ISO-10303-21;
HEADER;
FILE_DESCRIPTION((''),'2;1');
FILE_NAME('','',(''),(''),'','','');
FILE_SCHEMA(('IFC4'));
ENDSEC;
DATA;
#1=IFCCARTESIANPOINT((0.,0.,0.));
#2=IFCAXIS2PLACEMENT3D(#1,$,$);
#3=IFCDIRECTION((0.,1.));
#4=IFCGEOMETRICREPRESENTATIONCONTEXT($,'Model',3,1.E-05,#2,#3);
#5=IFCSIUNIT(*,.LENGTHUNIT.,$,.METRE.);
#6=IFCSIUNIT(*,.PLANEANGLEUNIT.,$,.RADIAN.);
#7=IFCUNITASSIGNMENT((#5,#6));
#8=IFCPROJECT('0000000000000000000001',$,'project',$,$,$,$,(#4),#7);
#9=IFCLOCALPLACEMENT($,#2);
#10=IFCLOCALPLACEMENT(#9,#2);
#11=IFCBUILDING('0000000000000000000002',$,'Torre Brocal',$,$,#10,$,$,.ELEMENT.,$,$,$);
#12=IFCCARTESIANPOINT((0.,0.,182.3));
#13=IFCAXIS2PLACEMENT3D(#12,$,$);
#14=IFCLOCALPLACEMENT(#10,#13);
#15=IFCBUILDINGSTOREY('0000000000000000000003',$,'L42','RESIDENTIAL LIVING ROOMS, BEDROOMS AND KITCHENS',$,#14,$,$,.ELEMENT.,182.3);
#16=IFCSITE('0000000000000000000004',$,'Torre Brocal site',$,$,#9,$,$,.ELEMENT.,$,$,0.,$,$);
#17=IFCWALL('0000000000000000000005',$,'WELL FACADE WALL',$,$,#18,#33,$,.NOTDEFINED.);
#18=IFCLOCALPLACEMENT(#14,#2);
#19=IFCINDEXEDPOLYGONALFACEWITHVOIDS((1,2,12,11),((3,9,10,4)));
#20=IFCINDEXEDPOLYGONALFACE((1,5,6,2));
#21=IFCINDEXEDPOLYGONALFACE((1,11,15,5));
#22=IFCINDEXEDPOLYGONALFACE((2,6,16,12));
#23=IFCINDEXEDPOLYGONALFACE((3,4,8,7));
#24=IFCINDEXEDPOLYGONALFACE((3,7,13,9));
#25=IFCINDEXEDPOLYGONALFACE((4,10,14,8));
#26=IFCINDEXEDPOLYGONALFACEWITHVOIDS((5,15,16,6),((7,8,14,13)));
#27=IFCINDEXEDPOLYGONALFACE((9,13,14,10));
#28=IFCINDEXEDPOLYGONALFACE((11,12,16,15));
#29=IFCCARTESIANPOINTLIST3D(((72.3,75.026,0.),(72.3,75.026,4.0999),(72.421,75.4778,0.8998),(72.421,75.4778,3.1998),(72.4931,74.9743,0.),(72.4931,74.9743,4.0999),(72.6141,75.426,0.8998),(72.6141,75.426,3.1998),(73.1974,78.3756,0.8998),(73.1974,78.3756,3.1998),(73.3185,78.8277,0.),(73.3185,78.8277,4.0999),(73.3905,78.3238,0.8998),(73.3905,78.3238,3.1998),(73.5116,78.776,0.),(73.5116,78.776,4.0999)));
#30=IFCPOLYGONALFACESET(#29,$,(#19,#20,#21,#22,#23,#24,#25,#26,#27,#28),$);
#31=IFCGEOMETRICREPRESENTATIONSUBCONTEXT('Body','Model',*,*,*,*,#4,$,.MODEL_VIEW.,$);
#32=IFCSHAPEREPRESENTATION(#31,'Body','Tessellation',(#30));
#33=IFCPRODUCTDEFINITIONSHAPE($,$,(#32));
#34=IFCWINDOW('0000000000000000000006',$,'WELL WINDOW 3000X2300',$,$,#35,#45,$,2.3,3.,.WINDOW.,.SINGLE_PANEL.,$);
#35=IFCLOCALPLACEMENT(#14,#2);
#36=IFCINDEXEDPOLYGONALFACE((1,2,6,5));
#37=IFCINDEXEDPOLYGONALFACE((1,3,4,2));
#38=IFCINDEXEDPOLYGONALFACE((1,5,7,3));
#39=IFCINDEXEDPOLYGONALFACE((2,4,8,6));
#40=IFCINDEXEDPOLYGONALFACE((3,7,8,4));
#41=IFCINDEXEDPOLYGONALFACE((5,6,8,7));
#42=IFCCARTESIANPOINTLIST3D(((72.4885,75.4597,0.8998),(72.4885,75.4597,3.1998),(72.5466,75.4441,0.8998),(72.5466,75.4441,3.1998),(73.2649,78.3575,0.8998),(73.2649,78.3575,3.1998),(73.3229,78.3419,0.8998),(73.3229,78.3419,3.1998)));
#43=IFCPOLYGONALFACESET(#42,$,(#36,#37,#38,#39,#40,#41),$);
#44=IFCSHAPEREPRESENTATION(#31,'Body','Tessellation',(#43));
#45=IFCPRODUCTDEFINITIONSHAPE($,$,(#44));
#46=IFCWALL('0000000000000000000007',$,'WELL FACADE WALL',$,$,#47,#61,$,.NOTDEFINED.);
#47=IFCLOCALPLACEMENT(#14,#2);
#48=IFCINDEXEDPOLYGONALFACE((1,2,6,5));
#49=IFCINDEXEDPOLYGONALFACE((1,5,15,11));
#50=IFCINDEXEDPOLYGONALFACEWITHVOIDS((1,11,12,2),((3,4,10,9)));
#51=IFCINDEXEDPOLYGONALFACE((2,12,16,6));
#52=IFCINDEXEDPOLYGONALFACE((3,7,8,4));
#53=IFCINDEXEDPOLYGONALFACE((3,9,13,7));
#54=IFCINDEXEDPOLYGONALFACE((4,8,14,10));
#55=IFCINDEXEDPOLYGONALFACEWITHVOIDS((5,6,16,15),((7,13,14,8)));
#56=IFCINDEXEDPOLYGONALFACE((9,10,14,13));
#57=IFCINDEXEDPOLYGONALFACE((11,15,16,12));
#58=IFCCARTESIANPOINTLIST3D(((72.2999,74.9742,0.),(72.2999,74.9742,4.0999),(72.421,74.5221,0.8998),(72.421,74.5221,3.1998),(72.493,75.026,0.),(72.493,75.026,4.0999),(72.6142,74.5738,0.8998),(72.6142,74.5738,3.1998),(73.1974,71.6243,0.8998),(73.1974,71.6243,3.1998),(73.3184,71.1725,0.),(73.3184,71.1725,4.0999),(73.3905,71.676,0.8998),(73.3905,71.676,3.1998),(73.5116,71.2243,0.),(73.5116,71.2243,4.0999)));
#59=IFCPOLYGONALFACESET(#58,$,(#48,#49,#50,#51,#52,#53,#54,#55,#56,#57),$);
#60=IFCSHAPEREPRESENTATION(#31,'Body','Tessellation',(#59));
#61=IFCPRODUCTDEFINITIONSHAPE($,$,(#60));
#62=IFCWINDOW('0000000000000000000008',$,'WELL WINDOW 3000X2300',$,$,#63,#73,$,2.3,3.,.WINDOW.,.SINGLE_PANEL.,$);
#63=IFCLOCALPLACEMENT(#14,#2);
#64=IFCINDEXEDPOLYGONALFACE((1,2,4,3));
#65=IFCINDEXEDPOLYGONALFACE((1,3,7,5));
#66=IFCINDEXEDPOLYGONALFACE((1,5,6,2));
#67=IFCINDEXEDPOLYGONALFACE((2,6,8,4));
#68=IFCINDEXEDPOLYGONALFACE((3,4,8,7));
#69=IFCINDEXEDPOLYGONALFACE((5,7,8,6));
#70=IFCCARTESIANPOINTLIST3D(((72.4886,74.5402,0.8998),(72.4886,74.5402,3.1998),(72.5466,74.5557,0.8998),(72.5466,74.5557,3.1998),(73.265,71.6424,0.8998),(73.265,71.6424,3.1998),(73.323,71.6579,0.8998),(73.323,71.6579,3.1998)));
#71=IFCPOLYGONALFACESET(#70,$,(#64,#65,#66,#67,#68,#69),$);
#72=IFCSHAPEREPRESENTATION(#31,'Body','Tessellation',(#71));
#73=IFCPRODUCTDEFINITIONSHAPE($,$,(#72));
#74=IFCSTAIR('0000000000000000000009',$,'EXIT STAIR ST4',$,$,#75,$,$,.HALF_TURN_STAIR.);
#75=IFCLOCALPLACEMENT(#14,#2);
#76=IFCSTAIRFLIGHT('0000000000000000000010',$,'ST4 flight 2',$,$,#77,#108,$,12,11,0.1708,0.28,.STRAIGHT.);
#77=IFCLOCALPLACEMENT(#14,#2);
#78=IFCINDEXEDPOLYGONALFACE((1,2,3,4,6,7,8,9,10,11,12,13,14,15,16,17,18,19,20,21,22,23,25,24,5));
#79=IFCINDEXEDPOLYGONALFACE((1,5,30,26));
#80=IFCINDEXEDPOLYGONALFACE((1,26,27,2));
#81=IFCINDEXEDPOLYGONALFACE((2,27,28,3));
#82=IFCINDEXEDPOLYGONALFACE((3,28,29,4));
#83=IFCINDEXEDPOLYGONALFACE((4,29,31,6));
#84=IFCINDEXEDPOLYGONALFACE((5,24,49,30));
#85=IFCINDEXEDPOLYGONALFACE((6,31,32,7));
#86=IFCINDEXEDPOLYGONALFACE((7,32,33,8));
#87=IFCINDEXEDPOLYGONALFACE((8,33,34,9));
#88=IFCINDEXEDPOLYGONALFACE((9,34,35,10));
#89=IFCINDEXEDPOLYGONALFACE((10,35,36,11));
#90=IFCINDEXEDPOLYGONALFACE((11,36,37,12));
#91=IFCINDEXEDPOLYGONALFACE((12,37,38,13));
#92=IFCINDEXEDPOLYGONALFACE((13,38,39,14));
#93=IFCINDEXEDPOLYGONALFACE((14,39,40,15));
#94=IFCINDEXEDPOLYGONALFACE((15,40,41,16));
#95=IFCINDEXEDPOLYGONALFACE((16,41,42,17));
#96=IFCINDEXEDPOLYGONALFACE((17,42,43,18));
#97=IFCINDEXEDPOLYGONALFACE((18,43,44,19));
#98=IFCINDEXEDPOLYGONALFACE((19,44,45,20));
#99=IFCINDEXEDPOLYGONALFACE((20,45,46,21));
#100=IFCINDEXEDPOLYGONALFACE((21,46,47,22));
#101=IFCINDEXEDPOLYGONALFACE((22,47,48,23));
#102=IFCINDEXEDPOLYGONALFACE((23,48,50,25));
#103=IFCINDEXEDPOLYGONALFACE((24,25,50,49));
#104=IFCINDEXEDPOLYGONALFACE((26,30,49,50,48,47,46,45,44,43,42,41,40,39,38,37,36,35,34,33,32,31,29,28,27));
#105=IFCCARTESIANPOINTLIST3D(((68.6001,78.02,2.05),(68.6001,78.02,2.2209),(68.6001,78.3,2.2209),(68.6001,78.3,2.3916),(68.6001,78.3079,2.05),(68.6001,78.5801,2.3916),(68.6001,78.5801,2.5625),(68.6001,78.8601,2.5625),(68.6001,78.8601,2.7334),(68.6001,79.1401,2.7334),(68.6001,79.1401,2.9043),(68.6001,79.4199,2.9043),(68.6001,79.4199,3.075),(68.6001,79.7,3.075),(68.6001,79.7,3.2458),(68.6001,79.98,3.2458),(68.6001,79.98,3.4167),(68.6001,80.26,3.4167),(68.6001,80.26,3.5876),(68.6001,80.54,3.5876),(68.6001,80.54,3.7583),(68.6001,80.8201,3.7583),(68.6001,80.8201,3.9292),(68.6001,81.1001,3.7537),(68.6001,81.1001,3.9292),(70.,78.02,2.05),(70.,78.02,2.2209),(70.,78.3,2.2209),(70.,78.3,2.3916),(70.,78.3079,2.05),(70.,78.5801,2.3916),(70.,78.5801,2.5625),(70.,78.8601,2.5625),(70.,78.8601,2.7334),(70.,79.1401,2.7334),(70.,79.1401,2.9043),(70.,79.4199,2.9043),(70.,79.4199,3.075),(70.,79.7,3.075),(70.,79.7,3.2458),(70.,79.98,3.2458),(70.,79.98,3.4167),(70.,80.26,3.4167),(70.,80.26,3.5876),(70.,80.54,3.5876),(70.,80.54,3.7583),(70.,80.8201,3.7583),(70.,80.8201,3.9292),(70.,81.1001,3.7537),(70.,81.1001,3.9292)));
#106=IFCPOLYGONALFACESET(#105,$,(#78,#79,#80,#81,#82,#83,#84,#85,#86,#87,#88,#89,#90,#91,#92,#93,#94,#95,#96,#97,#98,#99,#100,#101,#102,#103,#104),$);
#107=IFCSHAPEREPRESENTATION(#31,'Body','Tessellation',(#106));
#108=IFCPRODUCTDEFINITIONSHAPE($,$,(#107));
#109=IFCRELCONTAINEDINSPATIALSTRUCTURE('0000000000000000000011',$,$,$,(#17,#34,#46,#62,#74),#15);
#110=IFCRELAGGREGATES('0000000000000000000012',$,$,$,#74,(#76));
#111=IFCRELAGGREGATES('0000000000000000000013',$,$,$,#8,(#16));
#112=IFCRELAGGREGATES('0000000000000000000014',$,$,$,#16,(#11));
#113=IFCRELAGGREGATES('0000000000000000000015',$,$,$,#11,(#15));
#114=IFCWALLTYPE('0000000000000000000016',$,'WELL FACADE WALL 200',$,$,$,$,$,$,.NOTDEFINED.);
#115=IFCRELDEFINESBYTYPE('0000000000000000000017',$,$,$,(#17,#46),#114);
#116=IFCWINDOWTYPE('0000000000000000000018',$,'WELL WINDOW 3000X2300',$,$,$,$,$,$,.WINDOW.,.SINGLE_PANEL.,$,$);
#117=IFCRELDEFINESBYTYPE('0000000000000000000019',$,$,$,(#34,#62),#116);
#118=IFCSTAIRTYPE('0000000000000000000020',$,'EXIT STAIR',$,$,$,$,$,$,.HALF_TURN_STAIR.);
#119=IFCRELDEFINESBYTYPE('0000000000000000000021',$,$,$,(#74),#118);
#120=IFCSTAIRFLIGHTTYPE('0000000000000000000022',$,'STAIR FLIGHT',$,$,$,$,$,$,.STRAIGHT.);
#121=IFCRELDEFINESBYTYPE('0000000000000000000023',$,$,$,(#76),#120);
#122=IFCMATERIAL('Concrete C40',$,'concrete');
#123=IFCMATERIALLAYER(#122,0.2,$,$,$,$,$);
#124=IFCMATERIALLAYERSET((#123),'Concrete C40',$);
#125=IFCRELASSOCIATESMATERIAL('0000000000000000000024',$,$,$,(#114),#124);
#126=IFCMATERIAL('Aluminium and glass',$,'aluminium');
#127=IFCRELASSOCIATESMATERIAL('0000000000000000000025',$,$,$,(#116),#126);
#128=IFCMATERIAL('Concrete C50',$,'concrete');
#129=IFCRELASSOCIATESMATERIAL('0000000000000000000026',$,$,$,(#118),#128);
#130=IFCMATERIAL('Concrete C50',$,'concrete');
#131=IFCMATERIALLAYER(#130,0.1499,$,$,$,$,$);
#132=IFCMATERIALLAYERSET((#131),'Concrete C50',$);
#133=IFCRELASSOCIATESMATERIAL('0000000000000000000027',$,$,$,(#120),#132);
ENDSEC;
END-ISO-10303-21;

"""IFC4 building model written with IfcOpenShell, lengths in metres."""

from ifc_helpers import new_model, si_unit, direction, frame, frame_2d, origin, place, context, subcontext, project, spatial, polyline, rectangle, outline, extrude, material, layer, layer_set, type_object, element, fill, aggregate, save


model = new_model("IFC4")

# Units and contexts
model_context = context("Model", 3, precision=1e-05, world=origin(), true_north=direction((0.0, 1.0)))
body_context = subcontext(model_context, "Body", "Model", "MODEL_VIEW")
ifc_project = project(units=[si_unit("LENGTHUNIT", "METRE"), si_unit("PLANEANGLEUNIT", "RADIAN")], contexts=[model_context])

# Site, building, storey
site_placement = place(None, origin())
site = spatial("IfcSite", under=ifc_project, at=site_placement, Name="Torre Brocal site", CompositionType="ELEMENT", RefElevation=0.0)
building_placement = place(site_placement, origin())
building = spatial("IfcBuilding", under=site, at=building_placement, Name="Torre Brocal", CompositionType="ELEMENT")
storey_placement = place(building_placement, frame((0.0, 0.0, 182.3)))
storey = spatial("IfcBuildingStorey", under=building, at=storey_placement, Name="L42", Description="RESIDENTIAL LIVING ROOMS, BEDROOMS AND KITCHENS", CompositionType="ELEMENT", Elevation=182.3)

# Walls, openings, windows
ifc_material_1 = material(Name="Concrete C40", Category="concrete")
ifc_layer_1 = layer(ifc_material_1, 0.2)
ifc_layer_set_1 = layer_set([ifc_layer_1], Name="Concrete C40")
wall_type_1 = type_object("IfcWallType", Name="WELL FACADE WALL 200", PredefinedType="NOTDEFINED", material=ifc_layer_set_1)
wall_1_placement = place(storey_placement, frame((73.415, 78.8018, 0.0), z_axis=(0.0, 0.0, 1.0), x_axis=(-0.25879, -0.965934, 0.0)))
wall_1 = element("IfcWall", 1, at=wall_1_placement, inside=storey, type_object=wall_type_1, Name="WELL FACADE WALL", PredefinedType="NOTDEFINED", context=body_context, shape_type="SweptSolid", body=[
    extrude(rectangle(XDim=3.9358, YDim=0.2, at=frame_2d((1.9678, 0.0))), origin(), (0.0, 0.0, 1.0), 4.0999),
])
opening_1_placement = place(wall_1_placement, frame((0.468, 0.0, 0.8999)))
opening_1 = element("IfcOpeningElement", 2, at=opening_1_placement, cuts=wall_1, PredefinedType="OPENING", context=body_context, shape_type="SweptSolid", body=[
    extrude(rectangle(XDim=3.0, YDim=2.3, at=frame_2d((1.5, 1.1499))), frame((0.0, 0.1099, 0.0), z_axis=(0.0, -1.0, 0.0), x_axis=(1.0, 0.0, 0.0)), (0.0, 0.0, 1.0), 0.22),
])
ifc_material_2 = material(Name="Aluminium and glass", Category="aluminium")
window_type = type_object("IfcWindowType", Name="WELL WINDOW 3000X2300", PartitioningType="SINGLE_PANEL", PredefinedType="WINDOW", material=ifc_material_2)
window_1_placement = place(opening_1_placement, origin())
window_1 = element("IfcWindow", 3, at=window_1_placement, inside=storey, type_object=window_type, Name="WELL WINDOW 3000X2300", OverallHeight=2.3, OverallWidth=3.0, PartitioningType="SINGLE_PANEL", PredefinedType="WINDOW", context=body_context, shape_type="SweptSolid", body=[
    extrude(rectangle(XDim=3.0, YDim=2.3, at=frame_2d((1.5, 1.1499))), frame((0.0, 0.03, 0.0), z_axis=(0.0, -1.0, 0.0), x_axis=(1.0, 0.0, 0.0)), (0.0, 0.0, 1.0), 0.0601),
])
fill(opening_1, window_1)
wall_2_placement = place(storey_placement, frame((72.3965, 75.0, 0.0), z_axis=(0.0, 0.0, 1.0), x_axis=(0.25879, -0.965934, 0.0)))
wall_2 = element("IfcWall", 4, at=wall_2_placement, inside=storey, type_object=wall_type_1, Name="WELL FACADE WALL", PredefinedType="NOTDEFINED", context=body_context, shape_type="SweptSolid", body=[
    extrude(rectangle(XDim=3.9358, YDim=0.2, at=frame_2d((1.9678, 0.0))), origin(), (0.0, 0.0, 1.0), 4.0999),
])
opening_2_placement = place(wall_2_placement, frame((0.468, 0.0, 0.8999)))
opening_2 = element("IfcOpeningElement", 5, at=opening_2_placement, cuts=wall_2, PredefinedType="OPENING", context=body_context, shape_type="SweptSolid", body=[
    extrude(rectangle(XDim=3.0, YDim=2.3, at=frame_2d((1.5, 1.1499))), frame((0.0, 0.1099, 0.0), z_axis=(0.0, -1.0, 0.0), x_axis=(1.0, 0.0, 0.0)), (0.0, 0.0, 1.0), 0.22),
])
window_2_placement = place(opening_2_placement, origin())
window_2 = element("IfcWindow", 6, at=window_2_placement, inside=storey, type_object=window_type, Name="WELL WINDOW 3000X2300", OverallHeight=2.3, OverallWidth=3.0, PartitioningType="SINGLE_PANEL", PredefinedType="WINDOW", context=body_context, shape_type="SweptSolid", body=[
    extrude(rectangle(XDim=3.0, YDim=2.3, at=frame_2d((1.5, 1.1499))), frame((0.0, 0.03, 0.0), z_axis=(0.0, -1.0, 0.0), x_axis=(1.0, 0.0, 0.0)), (0.0, 0.0, 1.0), 0.0601),
])
fill(opening_2, window_2)

# Stair, stair flight
ifc_material_3 = material(Name="Concrete C50", Category="concrete")
stair_type = type_object("IfcStairType", Name="EXIT STAIR", PredefinedType="HALF_TURN_STAIR", material=ifc_material_3)
stair_placement = place(storey_placement, origin())
stair = element("IfcStair", 7, at=stair_placement, inside=storey, type_object=stair_type, Name="EXIT STAIR ST4", PredefinedType="HALF_TURN_STAIR")
ifc_material_4 = material(Name="Concrete C50", Category="concrete")
ifc_layer_2 = layer(ifc_material_4, 0.1499)
ifc_layer_set_2 = layer_set([ifc_layer_2], Name="Concrete C50")
stair_flight_type = type_object("IfcStairFlightType", Name="STAIR FLIGHT", PredefinedType="STRAIGHT", material=ifc_layer_set_2)
stair_flight_placement = place(storey_placement, frame((69.3, 78.02, 2.05), z_axis=(0.0, 0.0, 1.0), x_axis=(0.0, 1.0, 0.0)))
stair_flight = element("IfcStairFlight", 8, at=stair_flight_placement, type_object=stair_flight_type, Name="ST4 flight 2", NumberOfRisers=12, NumberOfTreads=11, PredefinedType="STRAIGHT", RiserHeight=0.1708, TreadLength=0.28, context=body_context, shape_type="SweptSolid", body=[
    extrude(outline(polyline([(0.0, 0.0), (0.0, 0.1709), (0.28, 0.1709), (0.28, 0.3416), (0.5601, 0.3416), (0.5601, 0.5125), (0.8401, 0.5125), (0.8401, 0.6833), (1.1201, 0.6833), (1.1201, 0.8542), (1.3999, 0.8542), (1.3999, 1.0249), (1.6799, 1.0249), (1.6799, 1.1958), (1.96, 1.1958), (1.96, 1.3667), (2.24, 1.3667), (2.24, 1.5376), (2.52, 1.5376), (2.52, 1.7083), (2.8, 1.7083), (2.8, 1.8792), (3.0801, 1.8792), (3.0801, 2.05), (3.0801, 1.7036), (0.2878, 0.0), (0.0, 0.0)])), frame((0.0, 0.7, 0.0), z_axis=(0.0, -1.0, 0.0), x_axis=(1.0, 0.0, 0.0)), (0.0, 0.0, 1.0), 1.3999),
])
aggregate(stair, [stair_flight])

save(model, "model.ifc")
